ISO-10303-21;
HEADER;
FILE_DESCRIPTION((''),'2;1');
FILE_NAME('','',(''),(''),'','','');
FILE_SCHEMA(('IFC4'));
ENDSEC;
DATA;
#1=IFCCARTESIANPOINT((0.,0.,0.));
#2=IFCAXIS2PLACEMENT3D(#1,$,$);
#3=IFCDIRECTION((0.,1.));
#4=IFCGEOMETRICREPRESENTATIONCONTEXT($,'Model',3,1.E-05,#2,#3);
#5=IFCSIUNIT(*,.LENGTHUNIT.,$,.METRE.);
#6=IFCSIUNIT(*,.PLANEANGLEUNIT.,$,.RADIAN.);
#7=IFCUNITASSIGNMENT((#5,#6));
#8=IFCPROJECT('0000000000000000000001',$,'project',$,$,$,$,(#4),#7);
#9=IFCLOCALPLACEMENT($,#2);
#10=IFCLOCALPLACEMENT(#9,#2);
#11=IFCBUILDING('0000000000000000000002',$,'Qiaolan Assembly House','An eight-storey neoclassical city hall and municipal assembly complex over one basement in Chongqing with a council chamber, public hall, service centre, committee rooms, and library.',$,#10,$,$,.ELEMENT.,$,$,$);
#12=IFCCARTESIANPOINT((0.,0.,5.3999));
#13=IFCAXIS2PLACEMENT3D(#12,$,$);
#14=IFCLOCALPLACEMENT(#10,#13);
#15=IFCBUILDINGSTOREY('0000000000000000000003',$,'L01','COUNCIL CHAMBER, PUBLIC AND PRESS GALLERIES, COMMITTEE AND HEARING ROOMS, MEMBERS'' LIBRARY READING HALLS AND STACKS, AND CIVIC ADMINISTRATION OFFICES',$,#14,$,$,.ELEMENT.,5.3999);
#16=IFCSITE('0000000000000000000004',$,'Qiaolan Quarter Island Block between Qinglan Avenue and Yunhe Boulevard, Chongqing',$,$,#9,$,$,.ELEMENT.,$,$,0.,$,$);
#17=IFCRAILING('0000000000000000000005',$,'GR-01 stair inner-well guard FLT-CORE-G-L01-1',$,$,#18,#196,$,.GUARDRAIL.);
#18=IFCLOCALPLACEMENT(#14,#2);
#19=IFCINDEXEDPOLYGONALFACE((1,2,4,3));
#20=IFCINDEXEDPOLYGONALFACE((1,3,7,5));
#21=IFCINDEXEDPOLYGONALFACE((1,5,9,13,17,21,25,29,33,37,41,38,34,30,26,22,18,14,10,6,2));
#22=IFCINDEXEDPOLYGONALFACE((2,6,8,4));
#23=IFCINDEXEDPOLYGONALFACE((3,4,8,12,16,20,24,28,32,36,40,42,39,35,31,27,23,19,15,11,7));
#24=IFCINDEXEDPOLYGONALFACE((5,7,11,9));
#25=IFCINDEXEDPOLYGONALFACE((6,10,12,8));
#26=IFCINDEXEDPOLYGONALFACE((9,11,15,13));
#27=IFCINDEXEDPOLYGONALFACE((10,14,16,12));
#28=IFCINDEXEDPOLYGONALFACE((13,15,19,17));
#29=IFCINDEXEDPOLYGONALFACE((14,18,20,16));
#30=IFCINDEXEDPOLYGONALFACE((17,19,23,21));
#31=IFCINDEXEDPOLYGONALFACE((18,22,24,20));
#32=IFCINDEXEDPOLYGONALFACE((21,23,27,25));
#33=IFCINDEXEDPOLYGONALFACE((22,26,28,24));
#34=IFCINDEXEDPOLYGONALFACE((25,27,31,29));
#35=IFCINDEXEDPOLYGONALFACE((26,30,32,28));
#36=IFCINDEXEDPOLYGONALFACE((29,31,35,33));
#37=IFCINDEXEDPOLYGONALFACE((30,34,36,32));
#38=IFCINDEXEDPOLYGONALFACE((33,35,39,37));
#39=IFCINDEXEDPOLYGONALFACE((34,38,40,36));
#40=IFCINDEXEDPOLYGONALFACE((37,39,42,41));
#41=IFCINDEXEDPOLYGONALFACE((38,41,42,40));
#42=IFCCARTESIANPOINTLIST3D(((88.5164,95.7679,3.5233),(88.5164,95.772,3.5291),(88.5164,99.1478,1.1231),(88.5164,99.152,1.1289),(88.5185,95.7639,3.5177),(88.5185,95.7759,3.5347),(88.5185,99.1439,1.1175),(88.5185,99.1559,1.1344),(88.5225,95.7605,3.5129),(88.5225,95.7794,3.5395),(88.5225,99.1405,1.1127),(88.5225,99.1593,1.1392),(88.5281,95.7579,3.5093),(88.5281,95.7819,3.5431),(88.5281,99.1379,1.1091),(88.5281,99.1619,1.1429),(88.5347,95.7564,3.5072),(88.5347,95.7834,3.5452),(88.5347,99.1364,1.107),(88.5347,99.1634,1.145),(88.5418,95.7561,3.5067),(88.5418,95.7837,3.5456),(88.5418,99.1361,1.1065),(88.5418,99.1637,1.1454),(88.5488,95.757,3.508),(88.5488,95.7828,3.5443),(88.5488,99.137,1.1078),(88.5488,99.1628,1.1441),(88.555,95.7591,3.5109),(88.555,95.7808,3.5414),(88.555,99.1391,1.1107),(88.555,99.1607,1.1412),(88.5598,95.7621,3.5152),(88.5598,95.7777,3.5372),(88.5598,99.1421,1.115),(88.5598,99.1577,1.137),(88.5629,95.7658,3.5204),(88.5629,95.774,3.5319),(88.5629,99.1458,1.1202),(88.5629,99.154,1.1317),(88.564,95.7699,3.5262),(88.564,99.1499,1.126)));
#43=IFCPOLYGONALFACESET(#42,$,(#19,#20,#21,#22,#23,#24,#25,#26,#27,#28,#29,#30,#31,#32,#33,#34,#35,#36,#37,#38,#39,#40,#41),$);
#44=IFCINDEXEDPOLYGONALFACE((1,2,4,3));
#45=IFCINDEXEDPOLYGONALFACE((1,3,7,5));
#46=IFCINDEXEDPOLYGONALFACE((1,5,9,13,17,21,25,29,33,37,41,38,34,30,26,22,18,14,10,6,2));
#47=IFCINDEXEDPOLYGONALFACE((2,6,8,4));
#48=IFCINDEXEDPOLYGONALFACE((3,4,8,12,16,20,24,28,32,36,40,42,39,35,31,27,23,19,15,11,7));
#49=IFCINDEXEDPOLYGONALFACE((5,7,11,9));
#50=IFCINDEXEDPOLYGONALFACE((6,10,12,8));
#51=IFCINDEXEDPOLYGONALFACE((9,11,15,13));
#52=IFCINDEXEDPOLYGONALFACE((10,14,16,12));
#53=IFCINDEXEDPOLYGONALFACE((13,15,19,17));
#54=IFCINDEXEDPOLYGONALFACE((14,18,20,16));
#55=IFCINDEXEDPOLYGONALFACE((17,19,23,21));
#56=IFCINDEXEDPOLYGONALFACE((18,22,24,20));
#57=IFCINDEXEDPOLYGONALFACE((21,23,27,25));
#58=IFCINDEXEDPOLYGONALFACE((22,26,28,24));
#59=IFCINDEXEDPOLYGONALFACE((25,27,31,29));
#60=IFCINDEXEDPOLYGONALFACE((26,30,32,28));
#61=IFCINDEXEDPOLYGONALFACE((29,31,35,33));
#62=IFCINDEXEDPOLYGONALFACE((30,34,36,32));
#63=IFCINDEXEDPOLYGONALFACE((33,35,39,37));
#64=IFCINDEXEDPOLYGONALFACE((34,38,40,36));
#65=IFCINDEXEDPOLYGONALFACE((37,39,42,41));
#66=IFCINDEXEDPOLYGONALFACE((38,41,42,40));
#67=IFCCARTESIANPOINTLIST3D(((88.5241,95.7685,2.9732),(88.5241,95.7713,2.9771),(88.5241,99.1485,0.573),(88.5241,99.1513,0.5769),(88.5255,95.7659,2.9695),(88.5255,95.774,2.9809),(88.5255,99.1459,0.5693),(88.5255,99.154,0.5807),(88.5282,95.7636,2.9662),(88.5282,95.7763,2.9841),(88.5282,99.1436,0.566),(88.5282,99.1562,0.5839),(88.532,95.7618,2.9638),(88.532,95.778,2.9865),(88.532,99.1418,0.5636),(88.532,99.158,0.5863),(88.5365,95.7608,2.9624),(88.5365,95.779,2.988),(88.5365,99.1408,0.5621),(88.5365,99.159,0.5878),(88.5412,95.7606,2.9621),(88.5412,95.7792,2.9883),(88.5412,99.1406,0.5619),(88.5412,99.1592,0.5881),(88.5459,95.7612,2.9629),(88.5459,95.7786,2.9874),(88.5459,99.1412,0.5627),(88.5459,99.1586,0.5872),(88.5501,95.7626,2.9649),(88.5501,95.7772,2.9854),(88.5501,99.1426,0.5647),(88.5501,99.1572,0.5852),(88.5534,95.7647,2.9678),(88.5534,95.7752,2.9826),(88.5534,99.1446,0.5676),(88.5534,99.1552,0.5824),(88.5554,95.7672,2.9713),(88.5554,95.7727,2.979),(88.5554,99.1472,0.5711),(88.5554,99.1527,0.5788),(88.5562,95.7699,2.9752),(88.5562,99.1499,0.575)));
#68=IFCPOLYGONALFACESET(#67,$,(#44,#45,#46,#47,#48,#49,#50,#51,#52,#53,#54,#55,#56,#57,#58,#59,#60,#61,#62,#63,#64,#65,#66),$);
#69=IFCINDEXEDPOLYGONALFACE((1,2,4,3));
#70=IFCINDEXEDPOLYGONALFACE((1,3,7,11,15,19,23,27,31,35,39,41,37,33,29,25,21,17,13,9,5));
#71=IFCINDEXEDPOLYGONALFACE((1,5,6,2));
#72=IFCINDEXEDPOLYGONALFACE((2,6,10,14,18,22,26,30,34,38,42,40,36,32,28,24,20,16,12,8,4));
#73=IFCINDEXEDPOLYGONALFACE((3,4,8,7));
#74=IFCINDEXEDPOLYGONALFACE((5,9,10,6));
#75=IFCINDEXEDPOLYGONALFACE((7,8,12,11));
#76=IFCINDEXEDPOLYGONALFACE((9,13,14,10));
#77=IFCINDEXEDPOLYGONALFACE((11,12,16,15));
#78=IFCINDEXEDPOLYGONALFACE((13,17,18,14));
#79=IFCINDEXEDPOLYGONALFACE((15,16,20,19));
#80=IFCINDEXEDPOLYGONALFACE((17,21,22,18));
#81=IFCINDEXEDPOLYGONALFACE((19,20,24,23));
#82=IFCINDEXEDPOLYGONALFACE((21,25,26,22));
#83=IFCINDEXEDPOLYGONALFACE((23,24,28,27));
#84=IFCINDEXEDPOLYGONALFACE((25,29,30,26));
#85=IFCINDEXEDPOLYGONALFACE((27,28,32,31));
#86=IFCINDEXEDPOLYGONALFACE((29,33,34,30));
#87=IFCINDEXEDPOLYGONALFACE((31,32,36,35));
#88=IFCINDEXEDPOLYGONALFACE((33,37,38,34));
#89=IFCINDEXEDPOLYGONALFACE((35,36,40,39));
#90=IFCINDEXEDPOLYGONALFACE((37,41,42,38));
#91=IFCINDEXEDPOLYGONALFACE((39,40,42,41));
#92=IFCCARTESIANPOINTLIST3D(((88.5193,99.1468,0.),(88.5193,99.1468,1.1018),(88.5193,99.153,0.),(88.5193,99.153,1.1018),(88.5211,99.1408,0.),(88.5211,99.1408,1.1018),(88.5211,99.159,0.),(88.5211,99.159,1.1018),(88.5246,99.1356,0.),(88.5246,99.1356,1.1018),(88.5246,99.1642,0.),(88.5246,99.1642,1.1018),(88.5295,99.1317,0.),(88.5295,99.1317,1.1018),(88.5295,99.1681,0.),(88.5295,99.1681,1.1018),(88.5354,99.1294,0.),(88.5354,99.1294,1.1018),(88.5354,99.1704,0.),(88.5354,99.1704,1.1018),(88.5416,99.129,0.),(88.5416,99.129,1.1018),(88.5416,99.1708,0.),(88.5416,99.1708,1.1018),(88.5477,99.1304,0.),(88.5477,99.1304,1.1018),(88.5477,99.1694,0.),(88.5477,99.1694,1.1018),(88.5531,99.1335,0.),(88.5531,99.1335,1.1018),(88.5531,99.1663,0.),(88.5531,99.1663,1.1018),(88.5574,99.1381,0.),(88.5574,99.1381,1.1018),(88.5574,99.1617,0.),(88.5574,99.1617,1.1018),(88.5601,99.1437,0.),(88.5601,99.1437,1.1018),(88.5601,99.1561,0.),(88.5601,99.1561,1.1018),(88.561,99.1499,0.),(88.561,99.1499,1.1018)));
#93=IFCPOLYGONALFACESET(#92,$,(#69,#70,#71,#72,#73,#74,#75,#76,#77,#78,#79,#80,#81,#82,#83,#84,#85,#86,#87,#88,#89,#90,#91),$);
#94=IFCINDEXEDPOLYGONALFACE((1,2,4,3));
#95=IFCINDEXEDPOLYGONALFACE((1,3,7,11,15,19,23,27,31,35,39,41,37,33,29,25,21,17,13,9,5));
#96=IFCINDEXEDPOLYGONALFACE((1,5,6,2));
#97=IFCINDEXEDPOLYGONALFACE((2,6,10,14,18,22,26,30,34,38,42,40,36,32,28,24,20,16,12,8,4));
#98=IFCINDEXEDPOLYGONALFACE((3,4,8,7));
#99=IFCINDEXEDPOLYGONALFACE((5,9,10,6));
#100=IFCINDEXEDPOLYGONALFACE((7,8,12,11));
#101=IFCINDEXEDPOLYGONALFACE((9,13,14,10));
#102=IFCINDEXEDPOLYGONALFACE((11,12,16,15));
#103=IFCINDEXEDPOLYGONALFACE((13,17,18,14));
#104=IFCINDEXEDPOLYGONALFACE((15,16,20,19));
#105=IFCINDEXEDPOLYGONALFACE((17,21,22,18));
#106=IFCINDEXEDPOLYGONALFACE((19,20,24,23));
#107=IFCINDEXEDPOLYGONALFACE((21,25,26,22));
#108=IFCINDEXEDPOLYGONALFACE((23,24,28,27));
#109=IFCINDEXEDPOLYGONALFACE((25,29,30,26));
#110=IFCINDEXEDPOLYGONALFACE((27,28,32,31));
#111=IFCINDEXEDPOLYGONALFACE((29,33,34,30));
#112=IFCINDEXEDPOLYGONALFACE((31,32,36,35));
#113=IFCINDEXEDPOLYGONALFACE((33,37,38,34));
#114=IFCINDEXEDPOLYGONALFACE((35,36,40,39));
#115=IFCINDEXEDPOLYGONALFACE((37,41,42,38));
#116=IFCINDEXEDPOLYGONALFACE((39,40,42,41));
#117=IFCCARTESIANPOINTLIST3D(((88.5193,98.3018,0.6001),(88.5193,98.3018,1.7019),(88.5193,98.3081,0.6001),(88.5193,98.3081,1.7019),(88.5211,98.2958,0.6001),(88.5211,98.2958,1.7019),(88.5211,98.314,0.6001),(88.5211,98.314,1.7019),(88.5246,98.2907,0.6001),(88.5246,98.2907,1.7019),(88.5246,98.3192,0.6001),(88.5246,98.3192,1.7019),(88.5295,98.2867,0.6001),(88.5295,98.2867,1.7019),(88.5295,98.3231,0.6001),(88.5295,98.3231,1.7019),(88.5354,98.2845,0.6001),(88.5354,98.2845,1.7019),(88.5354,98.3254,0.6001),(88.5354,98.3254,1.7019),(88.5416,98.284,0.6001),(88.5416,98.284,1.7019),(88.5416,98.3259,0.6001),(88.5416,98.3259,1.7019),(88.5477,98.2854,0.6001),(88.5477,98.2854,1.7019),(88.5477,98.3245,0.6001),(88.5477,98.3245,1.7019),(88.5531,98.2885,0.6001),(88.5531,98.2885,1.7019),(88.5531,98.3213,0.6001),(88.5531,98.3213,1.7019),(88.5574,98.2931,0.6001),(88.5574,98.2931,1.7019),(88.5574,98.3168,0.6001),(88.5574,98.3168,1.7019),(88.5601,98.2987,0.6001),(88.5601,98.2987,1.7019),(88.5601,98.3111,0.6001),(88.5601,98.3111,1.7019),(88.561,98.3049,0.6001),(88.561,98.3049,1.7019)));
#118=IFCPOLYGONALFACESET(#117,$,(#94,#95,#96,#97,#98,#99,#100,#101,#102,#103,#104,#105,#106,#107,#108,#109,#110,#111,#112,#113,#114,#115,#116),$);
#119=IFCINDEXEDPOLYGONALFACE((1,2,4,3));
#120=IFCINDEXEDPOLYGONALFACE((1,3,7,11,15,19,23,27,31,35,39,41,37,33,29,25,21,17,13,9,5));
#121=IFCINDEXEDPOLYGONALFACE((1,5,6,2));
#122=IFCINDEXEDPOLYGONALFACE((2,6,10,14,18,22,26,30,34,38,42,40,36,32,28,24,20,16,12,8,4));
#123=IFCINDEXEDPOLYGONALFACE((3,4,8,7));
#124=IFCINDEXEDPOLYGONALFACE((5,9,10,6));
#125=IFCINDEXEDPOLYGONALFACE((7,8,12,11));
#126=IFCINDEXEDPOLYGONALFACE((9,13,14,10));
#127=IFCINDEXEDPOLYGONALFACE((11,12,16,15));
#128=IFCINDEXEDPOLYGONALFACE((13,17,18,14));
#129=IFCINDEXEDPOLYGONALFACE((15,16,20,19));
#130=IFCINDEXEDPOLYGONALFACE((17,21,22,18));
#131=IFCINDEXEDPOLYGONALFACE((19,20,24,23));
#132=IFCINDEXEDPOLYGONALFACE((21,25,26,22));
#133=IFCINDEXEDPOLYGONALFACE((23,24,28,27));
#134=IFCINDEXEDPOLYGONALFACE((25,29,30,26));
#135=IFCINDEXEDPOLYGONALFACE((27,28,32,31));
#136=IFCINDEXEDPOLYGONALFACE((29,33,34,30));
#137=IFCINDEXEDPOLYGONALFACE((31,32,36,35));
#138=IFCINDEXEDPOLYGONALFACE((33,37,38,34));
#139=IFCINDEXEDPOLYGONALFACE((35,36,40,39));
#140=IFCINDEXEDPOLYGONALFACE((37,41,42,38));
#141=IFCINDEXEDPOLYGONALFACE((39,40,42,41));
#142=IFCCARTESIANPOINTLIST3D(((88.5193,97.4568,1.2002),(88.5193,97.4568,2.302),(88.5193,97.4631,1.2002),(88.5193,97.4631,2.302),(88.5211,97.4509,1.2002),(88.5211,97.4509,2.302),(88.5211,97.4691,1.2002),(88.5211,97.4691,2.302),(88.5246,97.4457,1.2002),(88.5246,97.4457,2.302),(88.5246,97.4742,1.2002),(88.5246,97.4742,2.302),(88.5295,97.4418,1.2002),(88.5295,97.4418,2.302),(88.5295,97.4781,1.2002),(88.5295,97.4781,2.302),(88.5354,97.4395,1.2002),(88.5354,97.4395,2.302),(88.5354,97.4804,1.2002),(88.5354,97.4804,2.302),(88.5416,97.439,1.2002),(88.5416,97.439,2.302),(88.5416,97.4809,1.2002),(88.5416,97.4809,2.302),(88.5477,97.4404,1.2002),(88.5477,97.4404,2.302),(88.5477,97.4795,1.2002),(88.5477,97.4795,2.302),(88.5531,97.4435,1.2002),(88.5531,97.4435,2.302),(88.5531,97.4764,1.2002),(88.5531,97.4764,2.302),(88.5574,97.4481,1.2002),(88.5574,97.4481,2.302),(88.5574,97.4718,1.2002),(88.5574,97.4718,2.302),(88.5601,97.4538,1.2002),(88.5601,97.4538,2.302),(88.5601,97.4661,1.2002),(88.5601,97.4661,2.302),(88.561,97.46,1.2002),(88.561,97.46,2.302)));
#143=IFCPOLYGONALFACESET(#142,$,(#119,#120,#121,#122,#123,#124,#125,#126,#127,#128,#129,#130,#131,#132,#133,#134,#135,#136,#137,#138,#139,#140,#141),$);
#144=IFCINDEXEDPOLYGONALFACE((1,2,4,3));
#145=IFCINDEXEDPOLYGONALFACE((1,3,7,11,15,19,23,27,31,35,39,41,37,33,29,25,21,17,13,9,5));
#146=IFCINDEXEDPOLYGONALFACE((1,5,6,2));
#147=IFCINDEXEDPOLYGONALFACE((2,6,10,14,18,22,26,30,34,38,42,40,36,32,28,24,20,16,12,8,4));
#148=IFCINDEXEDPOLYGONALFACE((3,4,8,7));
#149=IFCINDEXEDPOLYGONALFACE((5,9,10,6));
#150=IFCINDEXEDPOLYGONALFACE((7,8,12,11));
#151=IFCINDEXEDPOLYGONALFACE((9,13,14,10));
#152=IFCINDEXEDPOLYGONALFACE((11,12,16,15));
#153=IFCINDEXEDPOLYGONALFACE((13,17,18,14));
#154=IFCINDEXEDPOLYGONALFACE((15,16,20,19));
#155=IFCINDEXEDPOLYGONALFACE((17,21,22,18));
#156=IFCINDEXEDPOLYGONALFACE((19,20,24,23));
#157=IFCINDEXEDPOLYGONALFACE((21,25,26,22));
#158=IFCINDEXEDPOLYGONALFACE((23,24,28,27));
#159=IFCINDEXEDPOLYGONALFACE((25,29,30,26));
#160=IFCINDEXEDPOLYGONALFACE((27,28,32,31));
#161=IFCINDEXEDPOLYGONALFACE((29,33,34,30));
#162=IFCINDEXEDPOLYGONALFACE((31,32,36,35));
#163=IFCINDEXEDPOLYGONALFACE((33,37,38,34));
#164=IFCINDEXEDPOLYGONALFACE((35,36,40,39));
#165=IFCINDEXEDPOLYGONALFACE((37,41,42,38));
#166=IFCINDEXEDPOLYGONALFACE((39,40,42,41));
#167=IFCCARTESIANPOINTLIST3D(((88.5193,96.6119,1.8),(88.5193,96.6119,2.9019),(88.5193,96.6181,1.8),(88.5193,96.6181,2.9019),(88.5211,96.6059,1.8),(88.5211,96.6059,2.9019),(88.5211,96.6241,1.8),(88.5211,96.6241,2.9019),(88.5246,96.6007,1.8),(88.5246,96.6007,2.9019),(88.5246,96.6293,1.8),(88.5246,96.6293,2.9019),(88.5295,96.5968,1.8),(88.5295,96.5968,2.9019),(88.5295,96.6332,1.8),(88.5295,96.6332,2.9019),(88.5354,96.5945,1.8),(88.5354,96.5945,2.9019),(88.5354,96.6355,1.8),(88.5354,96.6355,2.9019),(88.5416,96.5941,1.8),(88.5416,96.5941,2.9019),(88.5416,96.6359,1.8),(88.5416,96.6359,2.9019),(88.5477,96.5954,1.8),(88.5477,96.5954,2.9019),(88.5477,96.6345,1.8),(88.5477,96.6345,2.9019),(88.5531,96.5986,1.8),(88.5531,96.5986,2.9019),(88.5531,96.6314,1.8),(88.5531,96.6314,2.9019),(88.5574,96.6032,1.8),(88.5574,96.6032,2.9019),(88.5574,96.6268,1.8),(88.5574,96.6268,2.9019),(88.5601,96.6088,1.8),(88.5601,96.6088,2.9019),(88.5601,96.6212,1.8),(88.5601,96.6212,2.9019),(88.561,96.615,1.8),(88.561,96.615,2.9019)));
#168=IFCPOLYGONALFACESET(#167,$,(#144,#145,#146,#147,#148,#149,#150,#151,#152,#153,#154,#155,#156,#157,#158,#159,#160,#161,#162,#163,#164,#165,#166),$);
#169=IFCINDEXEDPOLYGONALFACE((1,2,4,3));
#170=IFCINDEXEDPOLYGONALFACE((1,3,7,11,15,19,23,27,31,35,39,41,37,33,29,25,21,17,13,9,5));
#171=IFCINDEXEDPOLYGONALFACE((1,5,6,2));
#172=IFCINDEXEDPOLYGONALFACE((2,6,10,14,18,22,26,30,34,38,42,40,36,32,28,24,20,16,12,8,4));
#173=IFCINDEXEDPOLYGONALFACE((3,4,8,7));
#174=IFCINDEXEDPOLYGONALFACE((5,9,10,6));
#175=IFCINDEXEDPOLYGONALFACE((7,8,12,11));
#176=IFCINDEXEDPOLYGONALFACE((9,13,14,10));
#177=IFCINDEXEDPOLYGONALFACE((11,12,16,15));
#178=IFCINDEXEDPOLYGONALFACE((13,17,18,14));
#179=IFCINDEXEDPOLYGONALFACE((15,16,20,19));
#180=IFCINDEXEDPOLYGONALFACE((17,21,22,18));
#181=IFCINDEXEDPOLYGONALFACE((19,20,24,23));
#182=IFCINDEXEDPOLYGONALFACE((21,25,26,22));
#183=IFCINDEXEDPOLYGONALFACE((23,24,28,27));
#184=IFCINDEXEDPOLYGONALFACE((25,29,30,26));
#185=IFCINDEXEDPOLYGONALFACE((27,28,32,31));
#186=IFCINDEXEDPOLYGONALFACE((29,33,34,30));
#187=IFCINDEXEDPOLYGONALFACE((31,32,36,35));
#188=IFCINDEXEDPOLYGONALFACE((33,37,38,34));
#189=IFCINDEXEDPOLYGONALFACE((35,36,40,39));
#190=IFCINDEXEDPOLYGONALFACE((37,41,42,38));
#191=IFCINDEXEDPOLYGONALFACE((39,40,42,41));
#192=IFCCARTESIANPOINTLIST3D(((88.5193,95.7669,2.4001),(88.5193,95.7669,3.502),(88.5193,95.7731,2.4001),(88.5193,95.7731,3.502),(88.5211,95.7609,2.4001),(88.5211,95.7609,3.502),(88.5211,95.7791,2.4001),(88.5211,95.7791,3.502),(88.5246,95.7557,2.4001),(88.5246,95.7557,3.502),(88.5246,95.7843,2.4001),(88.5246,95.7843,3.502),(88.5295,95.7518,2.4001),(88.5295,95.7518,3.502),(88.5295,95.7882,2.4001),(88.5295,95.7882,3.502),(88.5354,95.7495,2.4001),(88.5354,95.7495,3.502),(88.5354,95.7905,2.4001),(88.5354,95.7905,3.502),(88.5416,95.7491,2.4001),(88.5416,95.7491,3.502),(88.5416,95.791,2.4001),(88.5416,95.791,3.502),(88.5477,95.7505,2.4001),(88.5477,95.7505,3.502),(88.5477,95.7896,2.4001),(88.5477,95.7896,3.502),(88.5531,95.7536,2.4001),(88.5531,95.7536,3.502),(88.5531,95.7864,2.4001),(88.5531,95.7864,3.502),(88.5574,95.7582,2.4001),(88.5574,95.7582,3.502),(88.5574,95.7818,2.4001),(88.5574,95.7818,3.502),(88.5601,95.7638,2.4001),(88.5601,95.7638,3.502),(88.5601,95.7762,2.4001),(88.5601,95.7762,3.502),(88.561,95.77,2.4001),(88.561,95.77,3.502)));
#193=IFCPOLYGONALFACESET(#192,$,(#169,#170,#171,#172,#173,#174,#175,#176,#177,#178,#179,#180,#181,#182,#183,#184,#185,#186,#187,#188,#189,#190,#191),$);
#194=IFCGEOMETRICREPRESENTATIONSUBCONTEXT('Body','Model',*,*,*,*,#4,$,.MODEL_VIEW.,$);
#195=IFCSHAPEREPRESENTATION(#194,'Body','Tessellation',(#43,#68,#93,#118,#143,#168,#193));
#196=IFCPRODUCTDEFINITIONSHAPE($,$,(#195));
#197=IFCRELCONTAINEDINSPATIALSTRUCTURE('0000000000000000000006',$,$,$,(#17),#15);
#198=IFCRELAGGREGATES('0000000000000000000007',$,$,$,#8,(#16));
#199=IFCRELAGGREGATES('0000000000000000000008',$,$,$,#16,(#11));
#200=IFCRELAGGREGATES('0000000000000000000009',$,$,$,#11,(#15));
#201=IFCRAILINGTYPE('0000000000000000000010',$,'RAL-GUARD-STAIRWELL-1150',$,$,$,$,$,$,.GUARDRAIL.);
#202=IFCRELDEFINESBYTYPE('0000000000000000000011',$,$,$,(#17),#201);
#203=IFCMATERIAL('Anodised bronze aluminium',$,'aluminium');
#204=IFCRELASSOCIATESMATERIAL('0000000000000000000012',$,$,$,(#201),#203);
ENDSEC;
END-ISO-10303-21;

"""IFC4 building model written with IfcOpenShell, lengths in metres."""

from ifc_helpers import new_model, si_unit, direction, frame, origin, origin_2d, place, context, subcontext, project, spatial, circle, extrude, material, type_object, element, save


model = new_model("IFC4")

# Units and contexts
model_context = context("Model", 3, precision=1e-05, world=origin(), true_north=direction((0.0, 1.0)))
body_context = subcontext(model_context, "Body", "Model", "MODEL_VIEW")
ifc_project = project(units=[si_unit("LENGTHUNIT", "METRE"), si_unit("PLANEANGLEUNIT", "RADIAN")], contexts=[model_context])

# Site, building, storey
site_placement = place(None, origin())
site = spatial("IfcSite", under=ifc_project, at=site_placement, Name="Qiaolan Quarter Island Block between Qinglan Avenue and Yunhe Boulevard, Chongqing", CompositionType="ELEMENT", RefElevation=0.0)
building_placement = place(site_placement, origin())
building = spatial("IfcBuilding", under=site, at=building_placement, Name="Qiaolan Assembly House", Description="An eight-storey neoclassical city hall and municipal assembly complex over one basement in Chongqing with a council chamber, public hall, service centre, committee rooms, and library.", CompositionType="ELEMENT")
storey_placement = place(building_placement, frame((0.0, 0.0, 5.3999)))
storey = spatial("IfcBuildingStorey", under=building, at=storey_placement, Name="L01", Description="COUNCIL CHAMBER, PUBLIC AND PRESS GALLERIES, COMMITTEE AND HEARING ROOMS, MEMBERS' LIBRARY READING HALLS AND STACKS, AND CIVIC ADMINISTRATION OFFICES", CompositionType="ELEMENT", Elevation=5.3999)

# Shared definitions
ifc_material_1 = material(Name="Anodised bronze aluminium", Category="aluminium")

# Railing
railing_type_1 = type_object("IfcRailingType", Name="RAL-GUARD-STAIRWELL-1150", PredefinedType="GUARDRAIL", material=ifc_material_1)
railing_1_placement = place(storey_placement, frame((88.54, 99.1499, 0.0)))
element("IfcRailing", 1, at=railing_1_placement, inside=storey, type_object=railing_type_1, Name="GR-01 stair inner-well guard FLT-CORE-G-L01-1", PredefinedType="GUARDRAIL", context=body_context, shape_type="SweptSolid", body=[
    extrude(circle(Radius=0.0239, at=origin_2d()), frame((0.0, 0.0, 1.126), z_axis=(0.0, -0.815334, 0.578991), x_axis=(1.0, 0.0, 0.0)), (0.0, 0.0, 1.0), 4.1455),
    extrude(circle(Radius=0.0161, at=origin_2d()), frame((0.0, 0.0, 0.575), z_axis=(0.0, -0.815334, 0.578991), x_axis=(1.0, 0.0, 0.0)), (0.0, 0.0, 1.0), 4.1455),
    extrude(circle(Radius=0.021, at=origin_2d()), origin(), (0.0, 0.0, 1.0), 1.1018),
    extrude(circle(Radius=0.021, at=origin_2d()), frame((0.0, -0.845, 0.6001)), (0.0, 0.0, 1.0), 1.1018),
    extrude(circle(Radius=0.021, at=origin_2d()), frame((0.0, -1.6899, 1.2002)), (0.0, 0.0, 1.0), 1.1018),
    extrude(circle(Radius=0.021, at=origin_2d()), frame((0.0, -2.5349, 1.8)), (0.0, 0.0, 1.0), 1.1018),
    extrude(circle(Radius=0.021, at=origin_2d()), frame((0.0, -3.3799, 2.4001)), (0.0, 0.0, 1.0), 1.1018),
])

save(model, "model.ifc")
